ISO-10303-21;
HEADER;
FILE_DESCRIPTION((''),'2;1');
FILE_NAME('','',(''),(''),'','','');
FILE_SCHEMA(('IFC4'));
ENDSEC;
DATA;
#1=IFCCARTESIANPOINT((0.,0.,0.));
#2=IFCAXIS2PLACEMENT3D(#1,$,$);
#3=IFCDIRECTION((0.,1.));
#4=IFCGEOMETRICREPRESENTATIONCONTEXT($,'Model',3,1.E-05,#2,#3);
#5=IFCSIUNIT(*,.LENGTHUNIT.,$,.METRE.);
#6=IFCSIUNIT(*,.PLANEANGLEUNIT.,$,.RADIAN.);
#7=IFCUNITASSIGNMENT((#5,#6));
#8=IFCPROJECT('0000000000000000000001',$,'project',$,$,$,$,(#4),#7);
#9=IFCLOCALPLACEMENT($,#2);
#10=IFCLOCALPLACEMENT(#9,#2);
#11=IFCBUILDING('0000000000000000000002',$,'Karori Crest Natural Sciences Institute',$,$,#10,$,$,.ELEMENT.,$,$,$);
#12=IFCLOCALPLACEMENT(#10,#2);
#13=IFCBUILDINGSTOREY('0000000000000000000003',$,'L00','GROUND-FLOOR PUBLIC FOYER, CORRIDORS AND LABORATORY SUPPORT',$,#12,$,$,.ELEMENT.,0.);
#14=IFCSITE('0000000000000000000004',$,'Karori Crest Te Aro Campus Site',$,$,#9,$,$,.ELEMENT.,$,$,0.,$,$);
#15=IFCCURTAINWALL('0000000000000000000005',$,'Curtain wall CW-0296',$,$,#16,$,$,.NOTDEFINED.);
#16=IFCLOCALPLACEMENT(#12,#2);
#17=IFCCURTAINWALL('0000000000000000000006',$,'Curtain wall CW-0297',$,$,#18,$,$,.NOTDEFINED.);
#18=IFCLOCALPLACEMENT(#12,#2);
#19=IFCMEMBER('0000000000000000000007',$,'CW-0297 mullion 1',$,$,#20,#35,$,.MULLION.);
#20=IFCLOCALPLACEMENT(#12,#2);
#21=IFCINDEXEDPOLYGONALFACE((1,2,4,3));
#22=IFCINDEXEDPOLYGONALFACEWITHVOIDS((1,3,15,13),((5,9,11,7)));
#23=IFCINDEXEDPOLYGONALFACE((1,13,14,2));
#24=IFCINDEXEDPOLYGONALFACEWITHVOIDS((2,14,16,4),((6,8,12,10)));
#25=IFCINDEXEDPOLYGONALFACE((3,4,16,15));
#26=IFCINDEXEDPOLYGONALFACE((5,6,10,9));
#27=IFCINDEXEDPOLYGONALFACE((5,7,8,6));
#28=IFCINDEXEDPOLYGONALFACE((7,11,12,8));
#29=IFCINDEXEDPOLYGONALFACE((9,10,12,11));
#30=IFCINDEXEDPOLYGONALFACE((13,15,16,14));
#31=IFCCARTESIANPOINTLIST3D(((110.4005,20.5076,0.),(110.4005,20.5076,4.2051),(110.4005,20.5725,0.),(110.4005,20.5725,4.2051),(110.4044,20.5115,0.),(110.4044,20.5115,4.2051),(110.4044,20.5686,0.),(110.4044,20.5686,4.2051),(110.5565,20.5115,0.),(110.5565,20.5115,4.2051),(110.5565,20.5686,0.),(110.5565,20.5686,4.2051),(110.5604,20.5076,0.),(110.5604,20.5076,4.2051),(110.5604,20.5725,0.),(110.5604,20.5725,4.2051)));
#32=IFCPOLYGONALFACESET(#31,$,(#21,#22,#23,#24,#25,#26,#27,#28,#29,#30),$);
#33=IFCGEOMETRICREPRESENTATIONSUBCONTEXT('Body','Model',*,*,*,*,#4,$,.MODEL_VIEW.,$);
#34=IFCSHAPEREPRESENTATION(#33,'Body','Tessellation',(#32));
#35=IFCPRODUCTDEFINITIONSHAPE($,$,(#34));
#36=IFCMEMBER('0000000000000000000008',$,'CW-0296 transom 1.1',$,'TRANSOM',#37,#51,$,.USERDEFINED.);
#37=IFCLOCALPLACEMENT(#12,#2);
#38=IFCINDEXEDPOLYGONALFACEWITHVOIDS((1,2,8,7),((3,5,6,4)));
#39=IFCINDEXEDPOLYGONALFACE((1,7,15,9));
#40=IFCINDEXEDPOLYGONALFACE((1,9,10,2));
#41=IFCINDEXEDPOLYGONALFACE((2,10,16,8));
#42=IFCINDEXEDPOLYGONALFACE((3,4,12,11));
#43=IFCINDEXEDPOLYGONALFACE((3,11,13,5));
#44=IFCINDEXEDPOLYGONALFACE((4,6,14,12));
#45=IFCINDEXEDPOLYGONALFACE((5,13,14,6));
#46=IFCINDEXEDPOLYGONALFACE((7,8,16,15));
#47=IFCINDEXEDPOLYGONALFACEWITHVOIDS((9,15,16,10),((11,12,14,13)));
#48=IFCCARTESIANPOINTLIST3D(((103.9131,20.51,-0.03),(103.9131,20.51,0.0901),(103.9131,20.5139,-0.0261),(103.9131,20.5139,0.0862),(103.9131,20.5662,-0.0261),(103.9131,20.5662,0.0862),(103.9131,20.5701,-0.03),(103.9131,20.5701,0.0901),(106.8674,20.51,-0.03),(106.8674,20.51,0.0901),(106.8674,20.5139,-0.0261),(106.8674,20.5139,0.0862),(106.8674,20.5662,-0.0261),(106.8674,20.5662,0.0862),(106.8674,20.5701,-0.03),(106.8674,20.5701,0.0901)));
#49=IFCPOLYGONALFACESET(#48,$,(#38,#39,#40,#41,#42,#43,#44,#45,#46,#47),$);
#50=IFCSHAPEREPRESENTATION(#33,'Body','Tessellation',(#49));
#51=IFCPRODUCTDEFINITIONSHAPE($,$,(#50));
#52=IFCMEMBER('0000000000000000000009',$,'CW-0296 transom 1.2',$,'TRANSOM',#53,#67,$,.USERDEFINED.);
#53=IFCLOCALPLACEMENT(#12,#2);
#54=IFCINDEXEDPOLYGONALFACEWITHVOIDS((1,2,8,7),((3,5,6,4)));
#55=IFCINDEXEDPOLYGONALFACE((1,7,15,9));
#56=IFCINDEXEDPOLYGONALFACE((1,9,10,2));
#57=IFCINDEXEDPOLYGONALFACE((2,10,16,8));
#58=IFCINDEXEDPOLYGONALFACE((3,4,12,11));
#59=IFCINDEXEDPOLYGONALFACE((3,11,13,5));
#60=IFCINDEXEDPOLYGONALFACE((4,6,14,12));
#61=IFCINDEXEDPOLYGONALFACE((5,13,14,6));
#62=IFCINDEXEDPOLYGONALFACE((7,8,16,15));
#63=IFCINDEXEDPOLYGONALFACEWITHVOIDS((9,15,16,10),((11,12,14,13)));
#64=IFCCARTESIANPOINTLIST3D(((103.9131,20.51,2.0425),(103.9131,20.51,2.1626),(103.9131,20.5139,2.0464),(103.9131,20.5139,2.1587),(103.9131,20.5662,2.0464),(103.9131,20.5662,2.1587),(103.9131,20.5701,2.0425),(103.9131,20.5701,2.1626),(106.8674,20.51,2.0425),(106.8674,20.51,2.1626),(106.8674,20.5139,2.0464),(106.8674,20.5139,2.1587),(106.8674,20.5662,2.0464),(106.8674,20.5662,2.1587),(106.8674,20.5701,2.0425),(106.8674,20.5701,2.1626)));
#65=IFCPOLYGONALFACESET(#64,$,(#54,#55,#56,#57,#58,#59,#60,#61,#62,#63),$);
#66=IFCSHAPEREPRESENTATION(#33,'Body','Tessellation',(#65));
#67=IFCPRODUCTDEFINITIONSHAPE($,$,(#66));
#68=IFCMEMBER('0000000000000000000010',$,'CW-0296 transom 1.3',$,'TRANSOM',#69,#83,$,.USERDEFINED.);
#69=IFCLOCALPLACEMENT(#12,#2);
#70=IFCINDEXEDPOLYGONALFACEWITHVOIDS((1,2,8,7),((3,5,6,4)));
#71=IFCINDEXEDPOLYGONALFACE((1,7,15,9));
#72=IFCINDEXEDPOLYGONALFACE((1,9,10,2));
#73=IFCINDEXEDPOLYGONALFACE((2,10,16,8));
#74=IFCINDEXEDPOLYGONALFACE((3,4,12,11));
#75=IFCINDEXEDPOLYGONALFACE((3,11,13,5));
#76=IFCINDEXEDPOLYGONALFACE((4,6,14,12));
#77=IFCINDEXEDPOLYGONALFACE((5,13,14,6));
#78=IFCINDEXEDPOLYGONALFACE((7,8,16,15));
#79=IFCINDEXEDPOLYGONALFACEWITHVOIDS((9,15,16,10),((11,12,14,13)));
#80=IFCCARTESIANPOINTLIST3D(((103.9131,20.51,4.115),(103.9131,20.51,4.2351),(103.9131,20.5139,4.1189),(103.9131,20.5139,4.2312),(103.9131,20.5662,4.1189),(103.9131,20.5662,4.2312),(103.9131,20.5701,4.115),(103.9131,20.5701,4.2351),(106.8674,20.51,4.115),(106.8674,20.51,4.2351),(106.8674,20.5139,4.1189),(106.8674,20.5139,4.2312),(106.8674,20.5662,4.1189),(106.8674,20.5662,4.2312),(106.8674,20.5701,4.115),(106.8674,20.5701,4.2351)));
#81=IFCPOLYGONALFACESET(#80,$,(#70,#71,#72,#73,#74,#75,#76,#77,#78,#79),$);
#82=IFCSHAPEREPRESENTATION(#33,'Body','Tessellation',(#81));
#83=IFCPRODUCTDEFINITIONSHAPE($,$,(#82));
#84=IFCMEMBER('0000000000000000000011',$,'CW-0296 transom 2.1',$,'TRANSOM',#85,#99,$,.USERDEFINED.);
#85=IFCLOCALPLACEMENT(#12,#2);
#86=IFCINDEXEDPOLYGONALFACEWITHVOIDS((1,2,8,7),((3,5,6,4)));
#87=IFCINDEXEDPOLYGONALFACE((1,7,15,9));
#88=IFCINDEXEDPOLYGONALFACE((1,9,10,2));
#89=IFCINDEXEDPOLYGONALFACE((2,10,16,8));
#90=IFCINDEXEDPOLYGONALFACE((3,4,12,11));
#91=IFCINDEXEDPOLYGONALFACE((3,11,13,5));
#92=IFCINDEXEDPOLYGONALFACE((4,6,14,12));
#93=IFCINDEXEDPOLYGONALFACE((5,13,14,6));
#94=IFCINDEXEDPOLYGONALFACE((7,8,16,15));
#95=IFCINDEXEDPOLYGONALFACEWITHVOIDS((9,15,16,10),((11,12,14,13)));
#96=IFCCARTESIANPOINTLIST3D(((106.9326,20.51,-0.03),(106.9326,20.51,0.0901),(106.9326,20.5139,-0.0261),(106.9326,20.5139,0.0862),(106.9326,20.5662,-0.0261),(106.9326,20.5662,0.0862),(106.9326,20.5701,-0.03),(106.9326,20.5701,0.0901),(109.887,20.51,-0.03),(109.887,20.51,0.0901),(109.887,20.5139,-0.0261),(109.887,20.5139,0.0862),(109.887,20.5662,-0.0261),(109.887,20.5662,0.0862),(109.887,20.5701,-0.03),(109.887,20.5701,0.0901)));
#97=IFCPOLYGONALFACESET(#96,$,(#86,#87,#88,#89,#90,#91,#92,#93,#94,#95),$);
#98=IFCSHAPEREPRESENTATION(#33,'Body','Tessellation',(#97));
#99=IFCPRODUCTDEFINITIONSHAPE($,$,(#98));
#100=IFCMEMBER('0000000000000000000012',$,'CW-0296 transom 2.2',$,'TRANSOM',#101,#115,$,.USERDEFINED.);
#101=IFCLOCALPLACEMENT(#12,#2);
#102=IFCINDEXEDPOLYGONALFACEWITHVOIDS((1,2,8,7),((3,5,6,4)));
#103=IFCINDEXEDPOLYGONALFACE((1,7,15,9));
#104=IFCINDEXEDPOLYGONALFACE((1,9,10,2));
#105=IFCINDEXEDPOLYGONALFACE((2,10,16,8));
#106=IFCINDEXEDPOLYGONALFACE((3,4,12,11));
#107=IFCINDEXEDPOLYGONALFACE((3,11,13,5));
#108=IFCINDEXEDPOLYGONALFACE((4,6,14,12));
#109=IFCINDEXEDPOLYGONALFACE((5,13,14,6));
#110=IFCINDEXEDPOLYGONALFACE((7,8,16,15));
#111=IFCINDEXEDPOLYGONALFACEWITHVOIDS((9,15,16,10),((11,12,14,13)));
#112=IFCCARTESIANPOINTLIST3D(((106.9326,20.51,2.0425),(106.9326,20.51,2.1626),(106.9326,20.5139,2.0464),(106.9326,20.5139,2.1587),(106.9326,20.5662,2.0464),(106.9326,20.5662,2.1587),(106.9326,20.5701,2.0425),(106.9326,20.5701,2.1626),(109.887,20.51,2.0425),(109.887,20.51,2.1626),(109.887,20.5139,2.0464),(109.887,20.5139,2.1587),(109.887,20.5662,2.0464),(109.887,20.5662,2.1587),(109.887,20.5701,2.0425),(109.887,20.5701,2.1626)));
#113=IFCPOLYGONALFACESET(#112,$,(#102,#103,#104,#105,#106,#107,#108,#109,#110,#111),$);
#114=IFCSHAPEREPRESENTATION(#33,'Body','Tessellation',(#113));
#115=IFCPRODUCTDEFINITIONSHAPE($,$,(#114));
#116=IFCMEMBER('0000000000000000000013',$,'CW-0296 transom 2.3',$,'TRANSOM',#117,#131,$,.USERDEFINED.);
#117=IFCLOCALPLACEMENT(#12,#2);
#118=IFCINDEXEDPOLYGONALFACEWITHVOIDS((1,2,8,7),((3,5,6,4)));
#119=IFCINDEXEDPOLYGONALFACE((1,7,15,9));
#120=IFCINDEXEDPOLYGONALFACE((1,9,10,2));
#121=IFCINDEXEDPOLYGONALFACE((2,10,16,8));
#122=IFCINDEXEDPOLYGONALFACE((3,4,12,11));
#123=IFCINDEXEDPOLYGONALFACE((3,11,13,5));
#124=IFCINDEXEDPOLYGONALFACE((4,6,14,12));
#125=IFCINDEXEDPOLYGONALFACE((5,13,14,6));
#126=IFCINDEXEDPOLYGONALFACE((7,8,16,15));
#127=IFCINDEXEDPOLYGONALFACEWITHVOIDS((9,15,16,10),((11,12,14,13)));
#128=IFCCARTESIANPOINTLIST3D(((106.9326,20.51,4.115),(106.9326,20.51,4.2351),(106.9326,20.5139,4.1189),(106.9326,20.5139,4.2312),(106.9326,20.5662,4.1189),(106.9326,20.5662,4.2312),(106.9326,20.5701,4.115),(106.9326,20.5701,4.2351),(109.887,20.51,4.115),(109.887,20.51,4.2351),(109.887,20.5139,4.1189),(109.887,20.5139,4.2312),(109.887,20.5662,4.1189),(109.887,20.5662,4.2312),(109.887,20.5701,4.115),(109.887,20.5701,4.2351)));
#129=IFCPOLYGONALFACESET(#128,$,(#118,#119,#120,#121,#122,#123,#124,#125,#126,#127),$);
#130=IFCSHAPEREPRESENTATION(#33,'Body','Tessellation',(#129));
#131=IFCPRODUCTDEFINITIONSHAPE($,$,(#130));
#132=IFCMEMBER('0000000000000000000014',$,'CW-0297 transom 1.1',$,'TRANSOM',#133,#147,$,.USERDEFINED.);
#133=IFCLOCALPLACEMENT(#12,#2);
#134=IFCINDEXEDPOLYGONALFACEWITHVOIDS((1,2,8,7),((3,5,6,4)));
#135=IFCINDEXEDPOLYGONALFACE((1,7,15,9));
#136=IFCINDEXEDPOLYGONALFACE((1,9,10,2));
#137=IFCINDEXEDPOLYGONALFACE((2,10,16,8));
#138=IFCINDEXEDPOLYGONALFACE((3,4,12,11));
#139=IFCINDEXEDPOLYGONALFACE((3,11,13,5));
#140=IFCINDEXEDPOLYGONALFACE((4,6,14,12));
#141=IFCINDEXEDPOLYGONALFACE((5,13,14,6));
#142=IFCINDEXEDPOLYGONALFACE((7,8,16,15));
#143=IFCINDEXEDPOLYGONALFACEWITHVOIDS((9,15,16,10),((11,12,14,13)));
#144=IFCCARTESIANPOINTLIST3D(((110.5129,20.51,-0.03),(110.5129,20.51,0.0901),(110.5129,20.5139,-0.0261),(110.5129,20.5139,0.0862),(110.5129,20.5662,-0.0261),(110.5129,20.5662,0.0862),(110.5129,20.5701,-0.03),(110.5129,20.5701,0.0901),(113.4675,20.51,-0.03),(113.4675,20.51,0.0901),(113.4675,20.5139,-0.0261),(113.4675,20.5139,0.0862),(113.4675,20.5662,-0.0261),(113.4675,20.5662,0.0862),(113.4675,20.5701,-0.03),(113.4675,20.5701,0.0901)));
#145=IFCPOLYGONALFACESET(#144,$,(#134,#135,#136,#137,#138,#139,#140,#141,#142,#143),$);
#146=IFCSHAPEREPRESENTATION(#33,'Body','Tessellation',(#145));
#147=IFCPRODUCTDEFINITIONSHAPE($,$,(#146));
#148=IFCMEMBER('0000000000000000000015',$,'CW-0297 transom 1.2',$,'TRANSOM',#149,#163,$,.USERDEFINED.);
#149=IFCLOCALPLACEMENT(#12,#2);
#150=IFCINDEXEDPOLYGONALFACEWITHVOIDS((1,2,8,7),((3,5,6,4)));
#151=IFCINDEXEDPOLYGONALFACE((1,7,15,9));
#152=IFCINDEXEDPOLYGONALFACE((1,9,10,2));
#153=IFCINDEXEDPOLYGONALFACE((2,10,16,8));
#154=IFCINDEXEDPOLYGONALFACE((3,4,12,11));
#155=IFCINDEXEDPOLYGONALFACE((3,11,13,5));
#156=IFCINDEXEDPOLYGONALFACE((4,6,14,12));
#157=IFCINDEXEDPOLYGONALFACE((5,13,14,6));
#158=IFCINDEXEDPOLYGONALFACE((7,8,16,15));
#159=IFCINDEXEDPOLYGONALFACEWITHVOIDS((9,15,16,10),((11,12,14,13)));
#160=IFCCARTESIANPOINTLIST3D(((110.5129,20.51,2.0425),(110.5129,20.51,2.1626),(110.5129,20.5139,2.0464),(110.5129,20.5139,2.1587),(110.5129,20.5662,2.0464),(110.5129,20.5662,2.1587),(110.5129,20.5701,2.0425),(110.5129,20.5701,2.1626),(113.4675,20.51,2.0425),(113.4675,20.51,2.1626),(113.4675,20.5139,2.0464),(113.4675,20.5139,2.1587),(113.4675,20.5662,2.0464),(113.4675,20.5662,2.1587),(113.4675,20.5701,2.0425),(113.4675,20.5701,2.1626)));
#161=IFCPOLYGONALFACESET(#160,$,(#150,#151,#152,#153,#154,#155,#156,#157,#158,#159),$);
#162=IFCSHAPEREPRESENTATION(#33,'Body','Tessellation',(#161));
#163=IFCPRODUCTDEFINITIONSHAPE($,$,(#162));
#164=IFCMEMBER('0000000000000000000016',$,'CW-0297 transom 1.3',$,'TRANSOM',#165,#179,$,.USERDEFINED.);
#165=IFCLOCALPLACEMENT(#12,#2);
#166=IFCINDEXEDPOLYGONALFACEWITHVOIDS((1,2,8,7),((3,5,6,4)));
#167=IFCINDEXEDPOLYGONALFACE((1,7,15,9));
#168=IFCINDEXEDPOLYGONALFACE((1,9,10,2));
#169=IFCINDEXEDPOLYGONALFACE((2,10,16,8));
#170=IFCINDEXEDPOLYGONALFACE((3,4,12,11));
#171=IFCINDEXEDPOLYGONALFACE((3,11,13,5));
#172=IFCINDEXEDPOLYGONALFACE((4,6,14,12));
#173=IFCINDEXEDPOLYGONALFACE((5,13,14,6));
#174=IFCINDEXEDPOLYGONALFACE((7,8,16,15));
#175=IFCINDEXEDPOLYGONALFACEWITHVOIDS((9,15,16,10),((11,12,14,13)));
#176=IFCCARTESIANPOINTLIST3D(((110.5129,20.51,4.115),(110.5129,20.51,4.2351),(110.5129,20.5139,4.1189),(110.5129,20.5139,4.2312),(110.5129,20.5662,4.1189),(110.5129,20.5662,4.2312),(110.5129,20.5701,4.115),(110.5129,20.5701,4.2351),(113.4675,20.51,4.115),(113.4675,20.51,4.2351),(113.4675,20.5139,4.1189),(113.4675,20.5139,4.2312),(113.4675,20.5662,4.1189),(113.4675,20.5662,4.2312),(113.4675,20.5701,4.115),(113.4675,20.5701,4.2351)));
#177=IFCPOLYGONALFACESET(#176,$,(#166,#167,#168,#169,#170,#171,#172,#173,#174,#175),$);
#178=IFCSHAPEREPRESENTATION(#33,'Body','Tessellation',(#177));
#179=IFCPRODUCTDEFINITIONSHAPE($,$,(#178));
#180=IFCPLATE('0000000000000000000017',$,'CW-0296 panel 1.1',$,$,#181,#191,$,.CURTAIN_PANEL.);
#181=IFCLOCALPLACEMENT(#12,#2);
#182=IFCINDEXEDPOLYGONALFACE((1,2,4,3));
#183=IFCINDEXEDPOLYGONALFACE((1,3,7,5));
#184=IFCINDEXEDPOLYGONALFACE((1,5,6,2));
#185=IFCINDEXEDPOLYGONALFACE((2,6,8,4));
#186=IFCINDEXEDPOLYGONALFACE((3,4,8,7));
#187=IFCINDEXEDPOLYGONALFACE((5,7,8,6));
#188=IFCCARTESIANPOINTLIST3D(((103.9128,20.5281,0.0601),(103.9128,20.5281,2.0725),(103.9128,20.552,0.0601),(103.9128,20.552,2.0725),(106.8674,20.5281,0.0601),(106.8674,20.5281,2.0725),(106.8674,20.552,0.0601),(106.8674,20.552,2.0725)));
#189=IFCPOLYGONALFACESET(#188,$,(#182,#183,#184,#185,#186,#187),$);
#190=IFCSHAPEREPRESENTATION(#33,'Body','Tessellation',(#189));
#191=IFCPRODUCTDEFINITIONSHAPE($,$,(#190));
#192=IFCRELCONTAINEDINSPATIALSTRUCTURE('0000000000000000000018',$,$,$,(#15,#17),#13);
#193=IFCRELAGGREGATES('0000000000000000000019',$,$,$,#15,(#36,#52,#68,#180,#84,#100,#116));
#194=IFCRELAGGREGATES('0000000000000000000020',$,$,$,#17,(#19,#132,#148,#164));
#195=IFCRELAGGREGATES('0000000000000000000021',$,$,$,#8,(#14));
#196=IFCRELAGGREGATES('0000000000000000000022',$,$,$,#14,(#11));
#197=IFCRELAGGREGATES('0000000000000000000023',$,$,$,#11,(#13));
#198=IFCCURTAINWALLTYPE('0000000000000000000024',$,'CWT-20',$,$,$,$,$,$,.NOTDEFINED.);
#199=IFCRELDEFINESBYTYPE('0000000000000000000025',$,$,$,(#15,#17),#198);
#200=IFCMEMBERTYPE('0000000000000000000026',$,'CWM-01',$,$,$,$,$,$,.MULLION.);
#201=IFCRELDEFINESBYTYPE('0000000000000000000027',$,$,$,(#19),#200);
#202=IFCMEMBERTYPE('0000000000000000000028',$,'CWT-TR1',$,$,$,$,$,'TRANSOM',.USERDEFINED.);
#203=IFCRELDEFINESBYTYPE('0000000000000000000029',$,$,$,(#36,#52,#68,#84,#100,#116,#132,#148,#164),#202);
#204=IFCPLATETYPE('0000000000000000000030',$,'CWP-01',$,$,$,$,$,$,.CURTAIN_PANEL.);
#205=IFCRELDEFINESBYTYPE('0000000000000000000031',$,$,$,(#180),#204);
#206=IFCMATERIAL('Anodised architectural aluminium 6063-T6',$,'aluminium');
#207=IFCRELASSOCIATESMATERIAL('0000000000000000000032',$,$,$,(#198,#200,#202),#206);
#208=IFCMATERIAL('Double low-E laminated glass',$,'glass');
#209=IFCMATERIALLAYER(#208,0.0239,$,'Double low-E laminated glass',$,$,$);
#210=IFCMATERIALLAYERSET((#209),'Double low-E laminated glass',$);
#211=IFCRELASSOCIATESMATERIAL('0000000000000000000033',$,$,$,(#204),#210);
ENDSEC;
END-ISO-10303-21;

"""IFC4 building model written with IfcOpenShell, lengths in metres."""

from ifc_helpers import new_model, si_unit, direction, frame, origin, origin_2d, place, context, subcontext, project, spatial, rectangle, hollow_rectangle, extrude, material, layer, layer_set, material_profile, profile_set, type_object, element, aggregate, save


model = new_model("IFC4")

# Units and contexts
model_context = context("Model", 3, precision=1e-05, world=origin(), true_north=direction((0.0, 1.0)))
body_context = subcontext(model_context, "Body", "Model", "MODEL_VIEW")
ifc_project = project(units=[si_unit("LENGTHUNIT", "METRE"), si_unit("PLANEANGLEUNIT", "RADIAN")], contexts=[model_context])

# Site, building, storey
site_placement = place(None, origin())
site = spatial("IfcSite", under=ifc_project, at=site_placement, Name="Karori Crest Te Aro Campus Site", CompositionType="ELEMENT", RefElevation=0.0)
building_placement = place(site_placement, origin())
building = spatial("IfcBuilding", under=site, at=building_placement, Name="Karori Crest Natural Sciences Institute", CompositionType="ELEMENT")
storey_placement = place(building_placement, origin())
storey = spatial("IfcBuildingStorey", under=building, at=storey_placement, Name="L00", Description="GROUND-FLOOR PUBLIC FOYER, CORRIDORS AND LABORATORY SUPPORT", CompositionType="ELEMENT", Elevation=0.0)

# Curtain wall
ifc_material_1 = material(Name="Anodised architectural aluminium 6063-T6", Category="aluminium")
curtain_wall_type = type_object("IfcCurtainWallType", Name="CWT-20", PredefinedType="NOTDEFINED", material=ifc_material_1)
curtain_wall_1_placement = place(storey_placement, origin())
curtain_wall_1 = element("IfcCurtainWall", 1, at=curtain_wall_1_placement, inside=storey, type_object=curtain_wall_type, Name="Curtain wall CW-0296", PredefinedType="NOTDEFINED")
ifc_material_profile_1 = material_profile(ifc_material_1, hollow_rectangle(XDim=0.0649, YDim=0.1599, WallThickness=0.0039, at=origin_2d()), Name="CWM160x65x4")
ifc_profile_set_1 = profile_set([ifc_material_profile_1], Name="Anodised architectural aluminium 6063-T6")
member_type_1 = type_object("IfcMemberType", Name="CWM-01", PredefinedType="MULLION", material=ifc_profile_set_1)

# Curtain wall, member
curtain_wall_2_placement = place(storey_placement, origin())
curtain_wall_2 = element("IfcCurtainWall", 2, at=curtain_wall_2_placement, inside=storey, type_object=curtain_wall_type, Name="Curtain wall CW-0297", PredefinedType="NOTDEFINED")
member_1_placement = place(storey_placement, frame((110.4805, 20.54, 0.0), z_axis=(0.0, 0.0, 1.0), x_axis=(0.0, 1.0, 0.0)))
member_1 = element("IfcMember", 3, at=member_1_placement, type_object=member_type_1, Name="CW-0297 mullion 1", PredefinedType="MULLION", context=body_context, shape_type="SweptSolid", body=[
    extrude(hollow_rectangle(XDim=0.0649, YDim=0.1599, WallThickness=0.0039, at=origin_2d()), origin(), (0.0, 0.0, 1.0), 4.2051),
])

# Members
ifc_material_profile_2 = material_profile(ifc_material_1, hollow_rectangle(XDim=0.0601, YDim=0.1201, WallThickness=0.0039, at=origin_2d()), Name="CWT120x60x4")
ifc_profile_set_2 = profile_set([ifc_material_profile_2], Name="Anodised architectural aluminium 6063-T6")
member_type_2 = type_object("IfcMemberType", Name="CWT-TR1", ElementType="TRANSOM", PredefinedType="USERDEFINED", material=ifc_profile_set_2)
member_2_placement = place(storey_placement, frame((103.9131, 20.54, 0.03), z_axis=(1.0, 0.0, 0.0), x_axis=(0.0, 1.0, 0.0)))
member_2 = element("IfcMember", 4, at=member_2_placement, type_object=member_type_2, Name="CW-0296 transom 1.1", ObjectType="TRANSOM", PredefinedType="USERDEFINED", context=body_context, shape_type="SweptSolid", body=[
    extrude(hollow_rectangle(XDim=0.0601, YDim=0.1201, WallThickness=0.0039, at=origin_2d()), origin(), (0.0, 0.0, 1.0), 2.9543),
])
member_3_placement = place(storey_placement, frame((103.9131, 20.54, 2.1025), z_axis=(1.0, 0.0, 0.0), x_axis=(0.0, 1.0, 0.0)))
member_3 = element("IfcMember", 5, at=member_3_placement, type_object=member_type_2, Name="CW-0296 transom 1.2", ObjectType="TRANSOM", PredefinedType="USERDEFINED", context=body_context, shape_type="SweptSolid", body=[
    extrude(hollow_rectangle(XDim=0.0601, YDim=0.1201, WallThickness=0.0039, at=origin_2d()), origin(), (0.0, 0.0, 1.0), 2.9543),
])
member_4_placement = place(storey_placement, frame((103.9131, 20.54, 4.175), z_axis=(1.0, 0.0, 0.0), x_axis=(0.0, 1.0, 0.0)))
member_4 = element("IfcMember", 6, at=member_4_placement, type_object=member_type_2, Name="CW-0296 transom 1.3", ObjectType="TRANSOM", PredefinedType="USERDEFINED", context=body_context, shape_type="SweptSolid", body=[
    extrude(hollow_rectangle(XDim=0.0601, YDim=0.1201, WallThickness=0.0039, at=origin_2d()), origin(), (0.0, 0.0, 1.0), 2.9543),
])
member_5_placement = place(storey_placement, frame((106.9326, 20.54, 0.03), z_axis=(1.0, 0.0, 0.0), x_axis=(0.0, 1.0, 0.0)))
member_5 = element("IfcMember", 7, at=member_5_placement, type_object=member_type_2, Name="CW-0296 transom 2.1", ObjectType="TRANSOM", PredefinedType="USERDEFINED", context=body_context, shape_type="SweptSolid", body=[
    extrude(hollow_rectangle(XDim=0.0601, YDim=0.1201, WallThickness=0.0039, at=origin_2d()), origin(), (0.0, 0.0, 1.0), 2.9543),
])
member_6_placement = place(storey_placement, frame((106.9326, 20.54, 2.1025), z_axis=(1.0, 0.0, 0.0), x_axis=(0.0, 1.0, 0.0)))
member_6 = element("IfcMember", 8, at=member_6_placement, type_object=member_type_2, Name="CW-0296 transom 2.2", ObjectType="TRANSOM", PredefinedType="USERDEFINED", context=body_context, shape_type="SweptSolid", body=[
    extrude(hollow_rectangle(XDim=0.0601, YDim=0.1201, WallThickness=0.0039, at=origin_2d()), origin(), (0.0, 0.0, 1.0), 2.9543),
])
member_7_placement = place(storey_placement, frame((106.9326, 20.54, 4.175), z_axis=(1.0, 0.0, 0.0), x_axis=(0.0, 1.0, 0.0)))
member_7 = element("IfcMember", 9, at=member_7_placement, type_object=member_type_2, Name="CW-0296 transom 2.3", ObjectType="TRANSOM", PredefinedType="USERDEFINED", context=body_context, shape_type="SweptSolid", body=[
    extrude(hollow_rectangle(XDim=0.0601, YDim=0.1201, WallThickness=0.0039, at=origin_2d()), origin(), (0.0, 0.0, 1.0), 2.9543),
])
member_8_placement = place(storey_placement, frame((110.5129, 20.54, 0.03), z_axis=(1.0, 0.0, 0.0), x_axis=(0.0, 1.0, 0.0)))
member_8 = element("IfcMember", 10, at=member_8_placement, type_object=member_type_2, Name="CW-0297 transom 1.1", ObjectType="TRANSOM", PredefinedType="USERDEFINED", context=body_context, shape_type="SweptSolid", body=[
    extrude(hollow_rectangle(XDim=0.0601, YDim=0.1201, WallThickness=0.0039, at=origin_2d()), origin(), (0.0, 0.0, 1.0), 2.9546),
])
member_9_placement = place(storey_placement, frame((110.5129, 20.54, 2.1025), z_axis=(1.0, 0.0, 0.0), x_axis=(0.0, 1.0, 0.0)))
member_9 = element("IfcMember", 11, at=member_9_placement, type_object=member_type_2, Name="CW-0297 transom 1.2", ObjectType="TRANSOM", PredefinedType="USERDEFINED", context=body_context, shape_type="SweptSolid", body=[
    extrude(hollow_rectangle(XDim=0.0601, YDim=0.1201, WallThickness=0.0039, at=origin_2d()), origin(), (0.0, 0.0, 1.0), 2.9546),
])
member_10_placement = place(storey_placement, frame((110.5129, 20.54, 4.175), z_axis=(1.0, 0.0, 0.0), x_axis=(0.0, 1.0, 0.0)))
member_10 = element("IfcMember", 12, at=member_10_placement, type_object=member_type_2, Name="CW-0297 transom 1.3", ObjectType="TRANSOM", PredefinedType="USERDEFINED", context=body_context, shape_type="SweptSolid", body=[
    extrude(hollow_rectangle(XDim=0.0601, YDim=0.1201, WallThickness=0.0039, at=origin_2d()), origin(), (0.0, 0.0, 1.0), 2.9546),
])

# Plate
ifc_material_2 = material(Name="Double low-E laminated glass", Category="glass")
ifc_layer_1 = layer(ifc_material_2, 0.0239, Name="Double low-E laminated glass")
ifc_layer_set_1 = layer_set([ifc_layer_1], Name="Double low-E laminated glass")
plate_type = type_object("IfcPlateType", Name="CWP-01", PredefinedType="CURTAIN_PANEL", material=ifc_layer_set_1)
plate_1_placement = place(storey_placement, frame((105.3901, 20.54, 0.0601), z_axis=(0.0, 0.0, 1.0), x_axis=(1.0, 0.0, 0.0)))
plate_1 = element("IfcPlate", 13, at=plate_1_placement, type_object=plate_type, Name="CW-0296 panel 1.1", PredefinedType="CURTAIN_PANEL", context=body_context, shape_type="SweptSolid", body=[
    extrude(rectangle(XDim=2.9546, YDim=0.0239, at=origin_2d()), origin(), (0.0, 0.0, 1.0), 2.0125),
])
aggregate(curtain_wall_1, [member_2, member_3, member_4, plate_1, member_5, member_6, member_7])
aggregate(curtain_wall_2, [member_1, member_8, member_9, member_10])

save(model, "model.ifc")
